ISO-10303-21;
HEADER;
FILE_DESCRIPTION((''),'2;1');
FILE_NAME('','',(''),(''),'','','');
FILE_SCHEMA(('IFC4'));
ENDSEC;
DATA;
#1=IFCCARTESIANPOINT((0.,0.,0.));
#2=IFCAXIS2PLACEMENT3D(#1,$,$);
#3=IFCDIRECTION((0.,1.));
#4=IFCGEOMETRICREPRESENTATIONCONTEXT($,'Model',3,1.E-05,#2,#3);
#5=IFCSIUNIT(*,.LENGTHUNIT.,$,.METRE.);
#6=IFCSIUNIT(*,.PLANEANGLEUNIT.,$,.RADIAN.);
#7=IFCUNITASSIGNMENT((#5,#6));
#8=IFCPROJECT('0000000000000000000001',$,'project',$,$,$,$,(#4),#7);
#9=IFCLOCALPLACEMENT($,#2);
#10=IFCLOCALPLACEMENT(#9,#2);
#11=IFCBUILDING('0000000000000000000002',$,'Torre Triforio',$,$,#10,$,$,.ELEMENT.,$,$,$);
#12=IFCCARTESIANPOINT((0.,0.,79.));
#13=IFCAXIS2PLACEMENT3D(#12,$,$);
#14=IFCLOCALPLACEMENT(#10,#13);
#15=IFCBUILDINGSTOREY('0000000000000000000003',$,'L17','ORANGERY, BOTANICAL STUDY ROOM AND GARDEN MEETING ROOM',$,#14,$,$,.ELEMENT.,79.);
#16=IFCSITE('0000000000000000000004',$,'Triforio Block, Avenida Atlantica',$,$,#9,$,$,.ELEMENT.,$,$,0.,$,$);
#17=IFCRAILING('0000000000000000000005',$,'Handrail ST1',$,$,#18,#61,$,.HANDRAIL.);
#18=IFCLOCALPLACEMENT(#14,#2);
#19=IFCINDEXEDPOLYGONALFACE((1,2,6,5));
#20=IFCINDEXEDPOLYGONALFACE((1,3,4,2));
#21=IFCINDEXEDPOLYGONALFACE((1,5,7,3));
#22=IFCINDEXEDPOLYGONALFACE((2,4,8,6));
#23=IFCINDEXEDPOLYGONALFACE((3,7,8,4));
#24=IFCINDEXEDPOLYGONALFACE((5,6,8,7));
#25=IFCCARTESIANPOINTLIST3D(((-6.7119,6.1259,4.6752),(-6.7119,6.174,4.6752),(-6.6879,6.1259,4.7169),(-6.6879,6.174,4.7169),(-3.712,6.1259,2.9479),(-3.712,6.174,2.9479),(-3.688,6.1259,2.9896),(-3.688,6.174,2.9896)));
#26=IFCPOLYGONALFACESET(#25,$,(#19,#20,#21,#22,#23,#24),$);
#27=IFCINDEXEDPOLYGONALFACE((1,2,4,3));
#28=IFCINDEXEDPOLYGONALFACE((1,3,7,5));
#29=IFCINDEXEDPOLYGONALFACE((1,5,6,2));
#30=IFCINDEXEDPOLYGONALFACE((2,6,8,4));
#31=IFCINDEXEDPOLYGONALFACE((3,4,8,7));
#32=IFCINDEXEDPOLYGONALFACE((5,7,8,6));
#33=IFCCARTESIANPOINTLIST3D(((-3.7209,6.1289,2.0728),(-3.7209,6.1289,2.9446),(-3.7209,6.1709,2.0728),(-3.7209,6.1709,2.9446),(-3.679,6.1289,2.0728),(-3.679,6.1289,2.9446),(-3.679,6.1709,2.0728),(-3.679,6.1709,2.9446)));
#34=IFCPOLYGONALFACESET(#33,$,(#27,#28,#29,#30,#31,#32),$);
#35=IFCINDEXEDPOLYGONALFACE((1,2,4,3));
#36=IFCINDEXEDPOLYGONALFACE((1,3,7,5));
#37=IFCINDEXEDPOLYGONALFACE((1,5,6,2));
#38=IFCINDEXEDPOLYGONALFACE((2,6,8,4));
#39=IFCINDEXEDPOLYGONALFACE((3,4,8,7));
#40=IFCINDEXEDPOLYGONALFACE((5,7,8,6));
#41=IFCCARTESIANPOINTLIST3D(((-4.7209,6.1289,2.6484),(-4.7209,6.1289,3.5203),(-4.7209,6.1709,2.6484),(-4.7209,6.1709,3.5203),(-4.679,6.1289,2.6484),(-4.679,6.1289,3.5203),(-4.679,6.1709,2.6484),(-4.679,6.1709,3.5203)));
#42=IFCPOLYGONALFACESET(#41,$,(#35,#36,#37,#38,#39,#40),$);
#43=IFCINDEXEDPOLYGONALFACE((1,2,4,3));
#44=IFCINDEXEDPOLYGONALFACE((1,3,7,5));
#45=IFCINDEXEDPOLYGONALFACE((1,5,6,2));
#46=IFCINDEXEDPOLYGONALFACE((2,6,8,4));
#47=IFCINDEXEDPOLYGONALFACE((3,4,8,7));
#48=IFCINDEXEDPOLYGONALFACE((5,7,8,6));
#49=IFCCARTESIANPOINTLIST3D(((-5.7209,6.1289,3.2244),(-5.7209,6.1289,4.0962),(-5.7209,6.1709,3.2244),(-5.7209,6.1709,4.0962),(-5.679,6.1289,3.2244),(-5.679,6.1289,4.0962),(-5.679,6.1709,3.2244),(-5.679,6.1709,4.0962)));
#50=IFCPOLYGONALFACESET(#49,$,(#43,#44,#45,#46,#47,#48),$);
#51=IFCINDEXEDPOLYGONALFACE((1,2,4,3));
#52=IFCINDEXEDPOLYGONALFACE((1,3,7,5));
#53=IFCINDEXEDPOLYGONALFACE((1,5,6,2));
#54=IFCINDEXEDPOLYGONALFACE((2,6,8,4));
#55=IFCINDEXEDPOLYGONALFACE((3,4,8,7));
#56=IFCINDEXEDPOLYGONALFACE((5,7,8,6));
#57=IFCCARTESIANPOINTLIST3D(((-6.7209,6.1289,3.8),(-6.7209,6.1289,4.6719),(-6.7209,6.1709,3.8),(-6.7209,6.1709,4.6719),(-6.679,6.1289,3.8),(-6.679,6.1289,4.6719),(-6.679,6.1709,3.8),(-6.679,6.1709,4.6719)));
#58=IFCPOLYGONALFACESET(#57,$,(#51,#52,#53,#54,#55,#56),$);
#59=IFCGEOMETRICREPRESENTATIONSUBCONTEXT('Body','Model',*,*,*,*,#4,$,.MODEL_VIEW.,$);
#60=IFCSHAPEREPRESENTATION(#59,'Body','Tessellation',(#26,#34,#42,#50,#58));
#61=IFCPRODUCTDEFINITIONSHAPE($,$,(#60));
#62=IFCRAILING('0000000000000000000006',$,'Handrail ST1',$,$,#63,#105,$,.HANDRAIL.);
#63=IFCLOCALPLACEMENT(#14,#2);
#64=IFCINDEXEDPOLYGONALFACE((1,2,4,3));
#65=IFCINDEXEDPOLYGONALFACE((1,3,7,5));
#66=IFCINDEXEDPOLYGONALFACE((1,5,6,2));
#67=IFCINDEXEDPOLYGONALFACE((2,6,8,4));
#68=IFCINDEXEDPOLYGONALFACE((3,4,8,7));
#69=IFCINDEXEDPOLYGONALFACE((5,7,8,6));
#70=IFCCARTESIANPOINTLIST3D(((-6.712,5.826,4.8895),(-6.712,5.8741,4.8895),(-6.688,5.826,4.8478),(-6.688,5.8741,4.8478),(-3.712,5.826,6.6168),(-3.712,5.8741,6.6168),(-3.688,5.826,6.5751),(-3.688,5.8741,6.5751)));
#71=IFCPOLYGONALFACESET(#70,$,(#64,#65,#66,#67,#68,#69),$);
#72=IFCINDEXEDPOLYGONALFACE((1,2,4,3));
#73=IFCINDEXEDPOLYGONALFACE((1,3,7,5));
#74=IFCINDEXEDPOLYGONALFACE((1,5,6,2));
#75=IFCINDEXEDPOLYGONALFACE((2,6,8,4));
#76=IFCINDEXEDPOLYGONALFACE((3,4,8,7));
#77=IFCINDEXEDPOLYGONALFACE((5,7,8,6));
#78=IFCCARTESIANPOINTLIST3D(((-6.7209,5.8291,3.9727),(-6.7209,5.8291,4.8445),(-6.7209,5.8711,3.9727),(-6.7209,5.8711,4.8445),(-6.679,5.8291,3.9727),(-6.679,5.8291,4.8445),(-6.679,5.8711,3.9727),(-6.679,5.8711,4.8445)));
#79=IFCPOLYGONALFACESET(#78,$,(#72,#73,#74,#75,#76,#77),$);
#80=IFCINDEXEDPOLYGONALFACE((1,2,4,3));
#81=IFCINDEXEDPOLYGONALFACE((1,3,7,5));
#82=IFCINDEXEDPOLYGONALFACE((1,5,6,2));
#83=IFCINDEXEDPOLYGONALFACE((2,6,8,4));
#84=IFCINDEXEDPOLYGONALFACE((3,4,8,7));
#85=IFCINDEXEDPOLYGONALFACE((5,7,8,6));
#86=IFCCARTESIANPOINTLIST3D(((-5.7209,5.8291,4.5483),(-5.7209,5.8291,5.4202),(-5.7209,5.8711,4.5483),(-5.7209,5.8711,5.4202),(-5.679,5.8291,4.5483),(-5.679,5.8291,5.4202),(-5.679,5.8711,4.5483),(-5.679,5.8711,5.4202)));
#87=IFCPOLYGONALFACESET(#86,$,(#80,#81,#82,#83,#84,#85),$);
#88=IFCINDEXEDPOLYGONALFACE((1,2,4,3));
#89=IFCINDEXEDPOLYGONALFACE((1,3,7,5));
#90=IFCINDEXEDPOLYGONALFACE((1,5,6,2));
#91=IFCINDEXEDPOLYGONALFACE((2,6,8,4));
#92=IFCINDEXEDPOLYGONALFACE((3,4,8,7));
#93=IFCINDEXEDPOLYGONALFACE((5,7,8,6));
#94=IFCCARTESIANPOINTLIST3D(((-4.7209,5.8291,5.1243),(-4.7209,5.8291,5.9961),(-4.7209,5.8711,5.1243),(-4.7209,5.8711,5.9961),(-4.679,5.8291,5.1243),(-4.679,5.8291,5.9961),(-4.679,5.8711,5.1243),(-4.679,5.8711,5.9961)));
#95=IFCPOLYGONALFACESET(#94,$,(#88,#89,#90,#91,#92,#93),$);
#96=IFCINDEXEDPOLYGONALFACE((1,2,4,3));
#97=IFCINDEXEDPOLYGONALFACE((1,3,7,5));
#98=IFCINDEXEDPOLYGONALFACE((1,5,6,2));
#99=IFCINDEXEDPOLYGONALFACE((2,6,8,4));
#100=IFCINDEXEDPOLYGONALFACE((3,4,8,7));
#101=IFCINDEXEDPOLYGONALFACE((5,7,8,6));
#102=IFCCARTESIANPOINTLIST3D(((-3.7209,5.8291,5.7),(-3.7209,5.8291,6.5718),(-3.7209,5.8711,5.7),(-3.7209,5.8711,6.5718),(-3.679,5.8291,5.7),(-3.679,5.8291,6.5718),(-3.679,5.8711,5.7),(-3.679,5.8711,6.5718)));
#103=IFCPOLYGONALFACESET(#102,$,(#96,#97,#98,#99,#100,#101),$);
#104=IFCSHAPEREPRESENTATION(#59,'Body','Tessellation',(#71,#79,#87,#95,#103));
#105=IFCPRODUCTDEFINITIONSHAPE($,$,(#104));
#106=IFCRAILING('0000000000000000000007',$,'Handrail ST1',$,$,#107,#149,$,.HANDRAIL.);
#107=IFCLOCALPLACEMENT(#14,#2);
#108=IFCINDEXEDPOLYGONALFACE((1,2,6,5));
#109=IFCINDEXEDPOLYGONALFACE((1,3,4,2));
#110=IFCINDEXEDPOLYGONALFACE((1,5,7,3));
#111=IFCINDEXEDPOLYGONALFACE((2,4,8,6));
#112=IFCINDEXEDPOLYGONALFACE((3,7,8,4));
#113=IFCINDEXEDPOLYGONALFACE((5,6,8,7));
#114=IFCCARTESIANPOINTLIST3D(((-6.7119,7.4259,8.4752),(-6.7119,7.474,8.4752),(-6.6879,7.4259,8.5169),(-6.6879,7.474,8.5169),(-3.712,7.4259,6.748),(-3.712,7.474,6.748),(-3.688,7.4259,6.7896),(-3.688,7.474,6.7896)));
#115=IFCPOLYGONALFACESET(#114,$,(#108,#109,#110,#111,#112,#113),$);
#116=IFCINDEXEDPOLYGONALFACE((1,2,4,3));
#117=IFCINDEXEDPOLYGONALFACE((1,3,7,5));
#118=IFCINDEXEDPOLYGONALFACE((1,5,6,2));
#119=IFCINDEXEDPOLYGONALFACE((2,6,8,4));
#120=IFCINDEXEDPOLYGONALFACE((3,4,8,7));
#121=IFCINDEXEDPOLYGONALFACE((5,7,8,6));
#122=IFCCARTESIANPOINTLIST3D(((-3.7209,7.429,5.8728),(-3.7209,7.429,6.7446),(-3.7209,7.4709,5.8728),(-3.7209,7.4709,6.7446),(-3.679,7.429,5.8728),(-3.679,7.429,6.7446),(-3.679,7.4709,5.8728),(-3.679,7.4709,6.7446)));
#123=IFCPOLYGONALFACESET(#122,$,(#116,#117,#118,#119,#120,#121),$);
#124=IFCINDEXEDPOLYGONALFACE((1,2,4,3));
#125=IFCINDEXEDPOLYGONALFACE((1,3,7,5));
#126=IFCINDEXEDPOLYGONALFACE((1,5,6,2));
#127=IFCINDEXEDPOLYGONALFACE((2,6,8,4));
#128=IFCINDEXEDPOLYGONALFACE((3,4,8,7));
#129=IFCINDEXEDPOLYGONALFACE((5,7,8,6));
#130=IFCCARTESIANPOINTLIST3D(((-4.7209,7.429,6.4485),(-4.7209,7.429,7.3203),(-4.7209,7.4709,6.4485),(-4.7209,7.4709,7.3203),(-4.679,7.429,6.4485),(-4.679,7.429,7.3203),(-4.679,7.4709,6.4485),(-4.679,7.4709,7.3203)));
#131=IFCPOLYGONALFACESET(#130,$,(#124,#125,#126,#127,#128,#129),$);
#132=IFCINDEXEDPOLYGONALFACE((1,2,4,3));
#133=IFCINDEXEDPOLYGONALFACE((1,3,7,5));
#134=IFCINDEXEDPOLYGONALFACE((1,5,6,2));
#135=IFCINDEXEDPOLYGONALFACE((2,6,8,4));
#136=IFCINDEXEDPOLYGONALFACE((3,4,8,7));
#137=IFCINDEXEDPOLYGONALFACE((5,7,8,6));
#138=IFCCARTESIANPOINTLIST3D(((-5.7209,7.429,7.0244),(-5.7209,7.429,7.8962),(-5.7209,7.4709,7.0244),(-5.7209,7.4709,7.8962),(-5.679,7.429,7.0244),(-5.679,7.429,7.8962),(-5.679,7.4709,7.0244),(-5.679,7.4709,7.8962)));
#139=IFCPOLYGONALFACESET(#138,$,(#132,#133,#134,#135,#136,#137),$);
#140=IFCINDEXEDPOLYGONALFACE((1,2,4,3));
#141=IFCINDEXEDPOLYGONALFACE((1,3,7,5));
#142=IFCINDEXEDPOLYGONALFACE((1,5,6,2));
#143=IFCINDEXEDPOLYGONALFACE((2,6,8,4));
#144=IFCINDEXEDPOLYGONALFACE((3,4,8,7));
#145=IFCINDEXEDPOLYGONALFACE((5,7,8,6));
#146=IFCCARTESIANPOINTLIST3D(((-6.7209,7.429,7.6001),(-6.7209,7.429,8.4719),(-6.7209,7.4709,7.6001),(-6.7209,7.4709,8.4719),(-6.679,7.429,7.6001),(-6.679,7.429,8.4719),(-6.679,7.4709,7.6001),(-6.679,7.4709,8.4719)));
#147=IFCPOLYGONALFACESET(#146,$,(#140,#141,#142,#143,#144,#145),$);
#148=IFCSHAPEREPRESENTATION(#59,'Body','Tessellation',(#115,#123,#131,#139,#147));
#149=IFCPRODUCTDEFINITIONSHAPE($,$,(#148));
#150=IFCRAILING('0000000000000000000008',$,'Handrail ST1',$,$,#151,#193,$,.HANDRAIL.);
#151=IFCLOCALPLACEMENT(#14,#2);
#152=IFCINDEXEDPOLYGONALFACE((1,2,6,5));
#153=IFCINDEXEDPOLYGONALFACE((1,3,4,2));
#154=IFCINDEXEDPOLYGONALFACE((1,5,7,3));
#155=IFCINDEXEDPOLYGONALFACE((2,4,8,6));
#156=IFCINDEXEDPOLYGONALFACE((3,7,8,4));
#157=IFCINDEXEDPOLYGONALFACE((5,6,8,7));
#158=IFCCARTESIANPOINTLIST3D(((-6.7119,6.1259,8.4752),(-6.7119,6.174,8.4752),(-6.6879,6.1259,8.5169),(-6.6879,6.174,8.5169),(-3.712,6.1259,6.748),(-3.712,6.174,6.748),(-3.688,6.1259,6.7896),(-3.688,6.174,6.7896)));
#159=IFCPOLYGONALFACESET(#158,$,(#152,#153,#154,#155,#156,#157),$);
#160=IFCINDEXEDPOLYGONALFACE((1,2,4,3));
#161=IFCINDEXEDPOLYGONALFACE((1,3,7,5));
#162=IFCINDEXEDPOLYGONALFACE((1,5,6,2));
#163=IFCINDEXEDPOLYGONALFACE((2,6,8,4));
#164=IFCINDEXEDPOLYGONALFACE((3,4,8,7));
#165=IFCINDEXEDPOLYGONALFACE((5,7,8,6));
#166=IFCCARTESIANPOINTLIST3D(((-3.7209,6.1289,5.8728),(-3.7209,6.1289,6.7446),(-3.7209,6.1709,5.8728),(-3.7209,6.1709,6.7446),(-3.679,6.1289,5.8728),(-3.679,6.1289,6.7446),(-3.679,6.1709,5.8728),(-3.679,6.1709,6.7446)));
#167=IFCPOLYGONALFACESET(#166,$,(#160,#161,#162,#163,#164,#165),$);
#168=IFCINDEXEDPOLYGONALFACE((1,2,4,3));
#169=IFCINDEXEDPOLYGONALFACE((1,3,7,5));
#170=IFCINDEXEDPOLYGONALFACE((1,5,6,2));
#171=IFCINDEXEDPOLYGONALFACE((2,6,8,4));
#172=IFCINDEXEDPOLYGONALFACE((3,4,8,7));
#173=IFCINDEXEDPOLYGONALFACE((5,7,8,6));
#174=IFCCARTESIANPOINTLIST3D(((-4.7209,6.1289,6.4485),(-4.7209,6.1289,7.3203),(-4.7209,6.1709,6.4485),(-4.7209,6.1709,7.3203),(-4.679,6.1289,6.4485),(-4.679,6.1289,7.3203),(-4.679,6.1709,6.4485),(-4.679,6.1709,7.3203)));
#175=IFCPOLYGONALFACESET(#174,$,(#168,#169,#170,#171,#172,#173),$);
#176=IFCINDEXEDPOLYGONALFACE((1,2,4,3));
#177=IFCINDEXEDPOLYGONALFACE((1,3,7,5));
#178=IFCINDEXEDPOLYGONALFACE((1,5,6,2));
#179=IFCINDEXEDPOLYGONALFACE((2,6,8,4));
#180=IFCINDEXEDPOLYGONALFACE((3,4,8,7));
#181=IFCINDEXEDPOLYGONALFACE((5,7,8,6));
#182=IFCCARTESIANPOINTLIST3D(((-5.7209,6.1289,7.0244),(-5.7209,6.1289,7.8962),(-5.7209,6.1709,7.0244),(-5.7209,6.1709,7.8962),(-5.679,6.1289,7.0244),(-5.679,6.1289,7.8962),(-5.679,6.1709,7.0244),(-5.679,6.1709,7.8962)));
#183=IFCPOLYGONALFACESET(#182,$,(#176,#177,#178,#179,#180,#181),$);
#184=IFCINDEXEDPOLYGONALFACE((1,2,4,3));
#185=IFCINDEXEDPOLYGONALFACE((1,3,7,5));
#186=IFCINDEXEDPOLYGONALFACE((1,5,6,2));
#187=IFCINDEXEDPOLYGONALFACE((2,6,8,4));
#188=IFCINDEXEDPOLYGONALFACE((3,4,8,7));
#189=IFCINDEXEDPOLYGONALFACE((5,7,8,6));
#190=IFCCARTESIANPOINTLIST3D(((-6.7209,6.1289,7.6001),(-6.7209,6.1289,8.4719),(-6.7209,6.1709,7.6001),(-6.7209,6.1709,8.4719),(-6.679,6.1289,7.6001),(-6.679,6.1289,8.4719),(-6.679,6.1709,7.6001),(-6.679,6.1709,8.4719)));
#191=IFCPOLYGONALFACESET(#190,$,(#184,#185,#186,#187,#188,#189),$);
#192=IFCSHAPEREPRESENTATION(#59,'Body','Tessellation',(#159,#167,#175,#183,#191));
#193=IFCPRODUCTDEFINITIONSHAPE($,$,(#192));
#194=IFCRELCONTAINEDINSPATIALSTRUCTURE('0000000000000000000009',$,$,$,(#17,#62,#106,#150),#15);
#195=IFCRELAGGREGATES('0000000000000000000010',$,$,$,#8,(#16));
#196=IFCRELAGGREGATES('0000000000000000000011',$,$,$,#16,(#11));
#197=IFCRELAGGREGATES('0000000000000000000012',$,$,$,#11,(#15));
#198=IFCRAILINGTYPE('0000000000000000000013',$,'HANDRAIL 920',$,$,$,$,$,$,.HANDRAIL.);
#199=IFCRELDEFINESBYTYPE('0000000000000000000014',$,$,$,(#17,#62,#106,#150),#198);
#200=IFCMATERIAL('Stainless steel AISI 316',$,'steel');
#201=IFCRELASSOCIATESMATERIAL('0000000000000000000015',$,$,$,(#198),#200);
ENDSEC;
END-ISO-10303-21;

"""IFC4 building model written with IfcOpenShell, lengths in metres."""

from ifc_helpers import new_model, si_unit, direction, frame, origin, origin_2d, place, context, subcontext, project, spatial, rectangle, extrude, material, type_object, element, save


model = new_model("IFC4")

# Units and contexts
model_context = context("Model", 3, precision=1e-05, world=origin(), true_north=direction((0.0, 1.0)))
body_context = subcontext(model_context, "Body", "Model", "MODEL_VIEW")
ifc_project = project(units=[si_unit("LENGTHUNIT", "METRE"), si_unit("PLANEANGLEUNIT", "RADIAN")], contexts=[model_context])

# Site, building, storey
site_placement = place(None, origin())
site = spatial("IfcSite", under=ifc_project, at=site_placement, Name="Triforio Block, Avenida Atlantica", CompositionType="ELEMENT", RefElevation=0.0)
building_placement = place(site_placement, origin())
building = spatial("IfcBuilding", under=site, at=building_placement, Name="Torre Triforio", CompositionType="ELEMENT")
storey_placement = place(building_placement, frame((0.0, 0.0, 79.0)))
storey = spatial("IfcBuildingStorey", under=building, at=storey_placement, Name="L17", Description="ORANGERY, BOTANICAL STUDY ROOM AND GARDEN MEETING ROOM", CompositionType="ELEMENT", Elevation=79.0)

# Railings
ifc_material_1 = material(Name="Stainless steel AISI 316", Category="steel")
railing_type = type_object("IfcRailingType", Name="HANDRAIL 920", PredefinedType="HANDRAIL", material=ifc_material_1)
for number, where, name in (
    (1, (-3.7, 6.1499, 2.0728), "Handrail ST1"),
):
    element("IfcRailing", number, at=place(storey_placement, frame(where)), inside=storey, type_object=railing_type, Name=name, PredefinedType="HANDRAIL", context=body_context, shape_type="SweptSolid", body=[
        extrude(rectangle(XDim=0.0481, YDim=0.0481, at=origin_2d()), frame((0.0, 0.0, 0.896), z_axis=(-0.86662, 0.0, 0.498969), x_axis=(0.0, -1.0, 0.0)), (0.0, 0.0, 1.0), 3.4617),
        extrude(rectangle(XDim=0.042, YDim=0.042, at=origin_2d()), origin(), (0.0, 0.0, 1.0), 0.8718),
        extrude(rectangle(XDim=0.042, YDim=0.042, at=origin_2d()), frame((-1.0, 0.0, 0.5757)), (0.0, 0.0, 1.0), 0.8718),
        extrude(rectangle(XDim=0.042, YDim=0.042, at=origin_2d()), frame((-2.0, 0.0, 1.1516)), (0.0, 0.0, 1.0), 0.8718),
        extrude(rectangle(XDim=0.042, YDim=0.042, at=origin_2d()), frame((-3.0, 0.0, 1.7273)), (0.0, 0.0, 1.0), 0.8718),
    ])
railing_1_placement = place(storey_placement, frame((-6.7, 5.8501, 3.9727)))
element("IfcRailing", 2, at=railing_1_placement, inside=storey, type_object=railing_type, Name="Handrail ST1", PredefinedType="HANDRAIL", context=body_context, shape_type="SweptSolid", body=[
    extrude(rectangle(XDim=0.0481, YDim=0.0481, at=origin_2d()), frame((0.0, 0.0, 0.896), z_axis=(0.86662, 0.0, 0.498969), x_axis=(0.0, 1.0, 0.0)), (0.0, 0.0, 1.0), 3.4617),
    extrude(rectangle(XDim=0.042, YDim=0.042, at=origin_2d()), origin(), (0.0, 0.0, 1.0), 0.8718),
    extrude(rectangle(XDim=0.042, YDim=0.042, at=origin_2d()), frame((1.0, 0.0, 0.5757)), (0.0, 0.0, 1.0), 0.8718),
    extrude(rectangle(XDim=0.042, YDim=0.042, at=origin_2d()), frame((2.0, 0.0, 1.1516)), (0.0, 0.0, 1.0), 0.8718),
    extrude(rectangle(XDim=0.042, YDim=0.042, at=origin_2d()), frame((3.0, 0.0, 1.7273)), (0.0, 0.0, 1.0), 0.8718),
])
for number, where, name in (
    (3, (-3.7, 7.45, 5.8728), "Handrail ST1"),
    (4, (-3.7, 6.1499, 5.8728), "Handrail ST1"),
):
    element("IfcRailing", number, at=place(storey_placement, frame(where)), inside=storey, type_object=railing_type, Name=name, PredefinedType="HANDRAIL", context=body_context, shape_type="SweptSolid", body=[
        extrude(rectangle(XDim=0.0481, YDim=0.0481, at=origin_2d()), frame((0.0, 0.0, 0.896), z_axis=(-0.86662, 0.0, 0.498969), x_axis=(0.0, -1.0, 0.0)), (0.0, 0.0, 1.0), 3.4617),
        extrude(rectangle(XDim=0.042, YDim=0.042, at=origin_2d()), origin(), (0.0, 0.0, 1.0), 0.8718),
        extrude(rectangle(XDim=0.042, YDim=0.042, at=origin_2d()), frame((-1.0, 0.0, 0.5757)), (0.0, 0.0, 1.0), 0.8718),
        extrude(rectangle(XDim=0.042, YDim=0.042, at=origin_2d()), frame((-2.0, 0.0, 1.1516)), (0.0, 0.0, 1.0), 0.8718),
        extrude(rectangle(XDim=0.042, YDim=0.042, at=origin_2d()), frame((-3.0, 0.0, 1.7273)), (0.0, 0.0, 1.0), 0.8718),
    ])

save(model, "model.ifc")
